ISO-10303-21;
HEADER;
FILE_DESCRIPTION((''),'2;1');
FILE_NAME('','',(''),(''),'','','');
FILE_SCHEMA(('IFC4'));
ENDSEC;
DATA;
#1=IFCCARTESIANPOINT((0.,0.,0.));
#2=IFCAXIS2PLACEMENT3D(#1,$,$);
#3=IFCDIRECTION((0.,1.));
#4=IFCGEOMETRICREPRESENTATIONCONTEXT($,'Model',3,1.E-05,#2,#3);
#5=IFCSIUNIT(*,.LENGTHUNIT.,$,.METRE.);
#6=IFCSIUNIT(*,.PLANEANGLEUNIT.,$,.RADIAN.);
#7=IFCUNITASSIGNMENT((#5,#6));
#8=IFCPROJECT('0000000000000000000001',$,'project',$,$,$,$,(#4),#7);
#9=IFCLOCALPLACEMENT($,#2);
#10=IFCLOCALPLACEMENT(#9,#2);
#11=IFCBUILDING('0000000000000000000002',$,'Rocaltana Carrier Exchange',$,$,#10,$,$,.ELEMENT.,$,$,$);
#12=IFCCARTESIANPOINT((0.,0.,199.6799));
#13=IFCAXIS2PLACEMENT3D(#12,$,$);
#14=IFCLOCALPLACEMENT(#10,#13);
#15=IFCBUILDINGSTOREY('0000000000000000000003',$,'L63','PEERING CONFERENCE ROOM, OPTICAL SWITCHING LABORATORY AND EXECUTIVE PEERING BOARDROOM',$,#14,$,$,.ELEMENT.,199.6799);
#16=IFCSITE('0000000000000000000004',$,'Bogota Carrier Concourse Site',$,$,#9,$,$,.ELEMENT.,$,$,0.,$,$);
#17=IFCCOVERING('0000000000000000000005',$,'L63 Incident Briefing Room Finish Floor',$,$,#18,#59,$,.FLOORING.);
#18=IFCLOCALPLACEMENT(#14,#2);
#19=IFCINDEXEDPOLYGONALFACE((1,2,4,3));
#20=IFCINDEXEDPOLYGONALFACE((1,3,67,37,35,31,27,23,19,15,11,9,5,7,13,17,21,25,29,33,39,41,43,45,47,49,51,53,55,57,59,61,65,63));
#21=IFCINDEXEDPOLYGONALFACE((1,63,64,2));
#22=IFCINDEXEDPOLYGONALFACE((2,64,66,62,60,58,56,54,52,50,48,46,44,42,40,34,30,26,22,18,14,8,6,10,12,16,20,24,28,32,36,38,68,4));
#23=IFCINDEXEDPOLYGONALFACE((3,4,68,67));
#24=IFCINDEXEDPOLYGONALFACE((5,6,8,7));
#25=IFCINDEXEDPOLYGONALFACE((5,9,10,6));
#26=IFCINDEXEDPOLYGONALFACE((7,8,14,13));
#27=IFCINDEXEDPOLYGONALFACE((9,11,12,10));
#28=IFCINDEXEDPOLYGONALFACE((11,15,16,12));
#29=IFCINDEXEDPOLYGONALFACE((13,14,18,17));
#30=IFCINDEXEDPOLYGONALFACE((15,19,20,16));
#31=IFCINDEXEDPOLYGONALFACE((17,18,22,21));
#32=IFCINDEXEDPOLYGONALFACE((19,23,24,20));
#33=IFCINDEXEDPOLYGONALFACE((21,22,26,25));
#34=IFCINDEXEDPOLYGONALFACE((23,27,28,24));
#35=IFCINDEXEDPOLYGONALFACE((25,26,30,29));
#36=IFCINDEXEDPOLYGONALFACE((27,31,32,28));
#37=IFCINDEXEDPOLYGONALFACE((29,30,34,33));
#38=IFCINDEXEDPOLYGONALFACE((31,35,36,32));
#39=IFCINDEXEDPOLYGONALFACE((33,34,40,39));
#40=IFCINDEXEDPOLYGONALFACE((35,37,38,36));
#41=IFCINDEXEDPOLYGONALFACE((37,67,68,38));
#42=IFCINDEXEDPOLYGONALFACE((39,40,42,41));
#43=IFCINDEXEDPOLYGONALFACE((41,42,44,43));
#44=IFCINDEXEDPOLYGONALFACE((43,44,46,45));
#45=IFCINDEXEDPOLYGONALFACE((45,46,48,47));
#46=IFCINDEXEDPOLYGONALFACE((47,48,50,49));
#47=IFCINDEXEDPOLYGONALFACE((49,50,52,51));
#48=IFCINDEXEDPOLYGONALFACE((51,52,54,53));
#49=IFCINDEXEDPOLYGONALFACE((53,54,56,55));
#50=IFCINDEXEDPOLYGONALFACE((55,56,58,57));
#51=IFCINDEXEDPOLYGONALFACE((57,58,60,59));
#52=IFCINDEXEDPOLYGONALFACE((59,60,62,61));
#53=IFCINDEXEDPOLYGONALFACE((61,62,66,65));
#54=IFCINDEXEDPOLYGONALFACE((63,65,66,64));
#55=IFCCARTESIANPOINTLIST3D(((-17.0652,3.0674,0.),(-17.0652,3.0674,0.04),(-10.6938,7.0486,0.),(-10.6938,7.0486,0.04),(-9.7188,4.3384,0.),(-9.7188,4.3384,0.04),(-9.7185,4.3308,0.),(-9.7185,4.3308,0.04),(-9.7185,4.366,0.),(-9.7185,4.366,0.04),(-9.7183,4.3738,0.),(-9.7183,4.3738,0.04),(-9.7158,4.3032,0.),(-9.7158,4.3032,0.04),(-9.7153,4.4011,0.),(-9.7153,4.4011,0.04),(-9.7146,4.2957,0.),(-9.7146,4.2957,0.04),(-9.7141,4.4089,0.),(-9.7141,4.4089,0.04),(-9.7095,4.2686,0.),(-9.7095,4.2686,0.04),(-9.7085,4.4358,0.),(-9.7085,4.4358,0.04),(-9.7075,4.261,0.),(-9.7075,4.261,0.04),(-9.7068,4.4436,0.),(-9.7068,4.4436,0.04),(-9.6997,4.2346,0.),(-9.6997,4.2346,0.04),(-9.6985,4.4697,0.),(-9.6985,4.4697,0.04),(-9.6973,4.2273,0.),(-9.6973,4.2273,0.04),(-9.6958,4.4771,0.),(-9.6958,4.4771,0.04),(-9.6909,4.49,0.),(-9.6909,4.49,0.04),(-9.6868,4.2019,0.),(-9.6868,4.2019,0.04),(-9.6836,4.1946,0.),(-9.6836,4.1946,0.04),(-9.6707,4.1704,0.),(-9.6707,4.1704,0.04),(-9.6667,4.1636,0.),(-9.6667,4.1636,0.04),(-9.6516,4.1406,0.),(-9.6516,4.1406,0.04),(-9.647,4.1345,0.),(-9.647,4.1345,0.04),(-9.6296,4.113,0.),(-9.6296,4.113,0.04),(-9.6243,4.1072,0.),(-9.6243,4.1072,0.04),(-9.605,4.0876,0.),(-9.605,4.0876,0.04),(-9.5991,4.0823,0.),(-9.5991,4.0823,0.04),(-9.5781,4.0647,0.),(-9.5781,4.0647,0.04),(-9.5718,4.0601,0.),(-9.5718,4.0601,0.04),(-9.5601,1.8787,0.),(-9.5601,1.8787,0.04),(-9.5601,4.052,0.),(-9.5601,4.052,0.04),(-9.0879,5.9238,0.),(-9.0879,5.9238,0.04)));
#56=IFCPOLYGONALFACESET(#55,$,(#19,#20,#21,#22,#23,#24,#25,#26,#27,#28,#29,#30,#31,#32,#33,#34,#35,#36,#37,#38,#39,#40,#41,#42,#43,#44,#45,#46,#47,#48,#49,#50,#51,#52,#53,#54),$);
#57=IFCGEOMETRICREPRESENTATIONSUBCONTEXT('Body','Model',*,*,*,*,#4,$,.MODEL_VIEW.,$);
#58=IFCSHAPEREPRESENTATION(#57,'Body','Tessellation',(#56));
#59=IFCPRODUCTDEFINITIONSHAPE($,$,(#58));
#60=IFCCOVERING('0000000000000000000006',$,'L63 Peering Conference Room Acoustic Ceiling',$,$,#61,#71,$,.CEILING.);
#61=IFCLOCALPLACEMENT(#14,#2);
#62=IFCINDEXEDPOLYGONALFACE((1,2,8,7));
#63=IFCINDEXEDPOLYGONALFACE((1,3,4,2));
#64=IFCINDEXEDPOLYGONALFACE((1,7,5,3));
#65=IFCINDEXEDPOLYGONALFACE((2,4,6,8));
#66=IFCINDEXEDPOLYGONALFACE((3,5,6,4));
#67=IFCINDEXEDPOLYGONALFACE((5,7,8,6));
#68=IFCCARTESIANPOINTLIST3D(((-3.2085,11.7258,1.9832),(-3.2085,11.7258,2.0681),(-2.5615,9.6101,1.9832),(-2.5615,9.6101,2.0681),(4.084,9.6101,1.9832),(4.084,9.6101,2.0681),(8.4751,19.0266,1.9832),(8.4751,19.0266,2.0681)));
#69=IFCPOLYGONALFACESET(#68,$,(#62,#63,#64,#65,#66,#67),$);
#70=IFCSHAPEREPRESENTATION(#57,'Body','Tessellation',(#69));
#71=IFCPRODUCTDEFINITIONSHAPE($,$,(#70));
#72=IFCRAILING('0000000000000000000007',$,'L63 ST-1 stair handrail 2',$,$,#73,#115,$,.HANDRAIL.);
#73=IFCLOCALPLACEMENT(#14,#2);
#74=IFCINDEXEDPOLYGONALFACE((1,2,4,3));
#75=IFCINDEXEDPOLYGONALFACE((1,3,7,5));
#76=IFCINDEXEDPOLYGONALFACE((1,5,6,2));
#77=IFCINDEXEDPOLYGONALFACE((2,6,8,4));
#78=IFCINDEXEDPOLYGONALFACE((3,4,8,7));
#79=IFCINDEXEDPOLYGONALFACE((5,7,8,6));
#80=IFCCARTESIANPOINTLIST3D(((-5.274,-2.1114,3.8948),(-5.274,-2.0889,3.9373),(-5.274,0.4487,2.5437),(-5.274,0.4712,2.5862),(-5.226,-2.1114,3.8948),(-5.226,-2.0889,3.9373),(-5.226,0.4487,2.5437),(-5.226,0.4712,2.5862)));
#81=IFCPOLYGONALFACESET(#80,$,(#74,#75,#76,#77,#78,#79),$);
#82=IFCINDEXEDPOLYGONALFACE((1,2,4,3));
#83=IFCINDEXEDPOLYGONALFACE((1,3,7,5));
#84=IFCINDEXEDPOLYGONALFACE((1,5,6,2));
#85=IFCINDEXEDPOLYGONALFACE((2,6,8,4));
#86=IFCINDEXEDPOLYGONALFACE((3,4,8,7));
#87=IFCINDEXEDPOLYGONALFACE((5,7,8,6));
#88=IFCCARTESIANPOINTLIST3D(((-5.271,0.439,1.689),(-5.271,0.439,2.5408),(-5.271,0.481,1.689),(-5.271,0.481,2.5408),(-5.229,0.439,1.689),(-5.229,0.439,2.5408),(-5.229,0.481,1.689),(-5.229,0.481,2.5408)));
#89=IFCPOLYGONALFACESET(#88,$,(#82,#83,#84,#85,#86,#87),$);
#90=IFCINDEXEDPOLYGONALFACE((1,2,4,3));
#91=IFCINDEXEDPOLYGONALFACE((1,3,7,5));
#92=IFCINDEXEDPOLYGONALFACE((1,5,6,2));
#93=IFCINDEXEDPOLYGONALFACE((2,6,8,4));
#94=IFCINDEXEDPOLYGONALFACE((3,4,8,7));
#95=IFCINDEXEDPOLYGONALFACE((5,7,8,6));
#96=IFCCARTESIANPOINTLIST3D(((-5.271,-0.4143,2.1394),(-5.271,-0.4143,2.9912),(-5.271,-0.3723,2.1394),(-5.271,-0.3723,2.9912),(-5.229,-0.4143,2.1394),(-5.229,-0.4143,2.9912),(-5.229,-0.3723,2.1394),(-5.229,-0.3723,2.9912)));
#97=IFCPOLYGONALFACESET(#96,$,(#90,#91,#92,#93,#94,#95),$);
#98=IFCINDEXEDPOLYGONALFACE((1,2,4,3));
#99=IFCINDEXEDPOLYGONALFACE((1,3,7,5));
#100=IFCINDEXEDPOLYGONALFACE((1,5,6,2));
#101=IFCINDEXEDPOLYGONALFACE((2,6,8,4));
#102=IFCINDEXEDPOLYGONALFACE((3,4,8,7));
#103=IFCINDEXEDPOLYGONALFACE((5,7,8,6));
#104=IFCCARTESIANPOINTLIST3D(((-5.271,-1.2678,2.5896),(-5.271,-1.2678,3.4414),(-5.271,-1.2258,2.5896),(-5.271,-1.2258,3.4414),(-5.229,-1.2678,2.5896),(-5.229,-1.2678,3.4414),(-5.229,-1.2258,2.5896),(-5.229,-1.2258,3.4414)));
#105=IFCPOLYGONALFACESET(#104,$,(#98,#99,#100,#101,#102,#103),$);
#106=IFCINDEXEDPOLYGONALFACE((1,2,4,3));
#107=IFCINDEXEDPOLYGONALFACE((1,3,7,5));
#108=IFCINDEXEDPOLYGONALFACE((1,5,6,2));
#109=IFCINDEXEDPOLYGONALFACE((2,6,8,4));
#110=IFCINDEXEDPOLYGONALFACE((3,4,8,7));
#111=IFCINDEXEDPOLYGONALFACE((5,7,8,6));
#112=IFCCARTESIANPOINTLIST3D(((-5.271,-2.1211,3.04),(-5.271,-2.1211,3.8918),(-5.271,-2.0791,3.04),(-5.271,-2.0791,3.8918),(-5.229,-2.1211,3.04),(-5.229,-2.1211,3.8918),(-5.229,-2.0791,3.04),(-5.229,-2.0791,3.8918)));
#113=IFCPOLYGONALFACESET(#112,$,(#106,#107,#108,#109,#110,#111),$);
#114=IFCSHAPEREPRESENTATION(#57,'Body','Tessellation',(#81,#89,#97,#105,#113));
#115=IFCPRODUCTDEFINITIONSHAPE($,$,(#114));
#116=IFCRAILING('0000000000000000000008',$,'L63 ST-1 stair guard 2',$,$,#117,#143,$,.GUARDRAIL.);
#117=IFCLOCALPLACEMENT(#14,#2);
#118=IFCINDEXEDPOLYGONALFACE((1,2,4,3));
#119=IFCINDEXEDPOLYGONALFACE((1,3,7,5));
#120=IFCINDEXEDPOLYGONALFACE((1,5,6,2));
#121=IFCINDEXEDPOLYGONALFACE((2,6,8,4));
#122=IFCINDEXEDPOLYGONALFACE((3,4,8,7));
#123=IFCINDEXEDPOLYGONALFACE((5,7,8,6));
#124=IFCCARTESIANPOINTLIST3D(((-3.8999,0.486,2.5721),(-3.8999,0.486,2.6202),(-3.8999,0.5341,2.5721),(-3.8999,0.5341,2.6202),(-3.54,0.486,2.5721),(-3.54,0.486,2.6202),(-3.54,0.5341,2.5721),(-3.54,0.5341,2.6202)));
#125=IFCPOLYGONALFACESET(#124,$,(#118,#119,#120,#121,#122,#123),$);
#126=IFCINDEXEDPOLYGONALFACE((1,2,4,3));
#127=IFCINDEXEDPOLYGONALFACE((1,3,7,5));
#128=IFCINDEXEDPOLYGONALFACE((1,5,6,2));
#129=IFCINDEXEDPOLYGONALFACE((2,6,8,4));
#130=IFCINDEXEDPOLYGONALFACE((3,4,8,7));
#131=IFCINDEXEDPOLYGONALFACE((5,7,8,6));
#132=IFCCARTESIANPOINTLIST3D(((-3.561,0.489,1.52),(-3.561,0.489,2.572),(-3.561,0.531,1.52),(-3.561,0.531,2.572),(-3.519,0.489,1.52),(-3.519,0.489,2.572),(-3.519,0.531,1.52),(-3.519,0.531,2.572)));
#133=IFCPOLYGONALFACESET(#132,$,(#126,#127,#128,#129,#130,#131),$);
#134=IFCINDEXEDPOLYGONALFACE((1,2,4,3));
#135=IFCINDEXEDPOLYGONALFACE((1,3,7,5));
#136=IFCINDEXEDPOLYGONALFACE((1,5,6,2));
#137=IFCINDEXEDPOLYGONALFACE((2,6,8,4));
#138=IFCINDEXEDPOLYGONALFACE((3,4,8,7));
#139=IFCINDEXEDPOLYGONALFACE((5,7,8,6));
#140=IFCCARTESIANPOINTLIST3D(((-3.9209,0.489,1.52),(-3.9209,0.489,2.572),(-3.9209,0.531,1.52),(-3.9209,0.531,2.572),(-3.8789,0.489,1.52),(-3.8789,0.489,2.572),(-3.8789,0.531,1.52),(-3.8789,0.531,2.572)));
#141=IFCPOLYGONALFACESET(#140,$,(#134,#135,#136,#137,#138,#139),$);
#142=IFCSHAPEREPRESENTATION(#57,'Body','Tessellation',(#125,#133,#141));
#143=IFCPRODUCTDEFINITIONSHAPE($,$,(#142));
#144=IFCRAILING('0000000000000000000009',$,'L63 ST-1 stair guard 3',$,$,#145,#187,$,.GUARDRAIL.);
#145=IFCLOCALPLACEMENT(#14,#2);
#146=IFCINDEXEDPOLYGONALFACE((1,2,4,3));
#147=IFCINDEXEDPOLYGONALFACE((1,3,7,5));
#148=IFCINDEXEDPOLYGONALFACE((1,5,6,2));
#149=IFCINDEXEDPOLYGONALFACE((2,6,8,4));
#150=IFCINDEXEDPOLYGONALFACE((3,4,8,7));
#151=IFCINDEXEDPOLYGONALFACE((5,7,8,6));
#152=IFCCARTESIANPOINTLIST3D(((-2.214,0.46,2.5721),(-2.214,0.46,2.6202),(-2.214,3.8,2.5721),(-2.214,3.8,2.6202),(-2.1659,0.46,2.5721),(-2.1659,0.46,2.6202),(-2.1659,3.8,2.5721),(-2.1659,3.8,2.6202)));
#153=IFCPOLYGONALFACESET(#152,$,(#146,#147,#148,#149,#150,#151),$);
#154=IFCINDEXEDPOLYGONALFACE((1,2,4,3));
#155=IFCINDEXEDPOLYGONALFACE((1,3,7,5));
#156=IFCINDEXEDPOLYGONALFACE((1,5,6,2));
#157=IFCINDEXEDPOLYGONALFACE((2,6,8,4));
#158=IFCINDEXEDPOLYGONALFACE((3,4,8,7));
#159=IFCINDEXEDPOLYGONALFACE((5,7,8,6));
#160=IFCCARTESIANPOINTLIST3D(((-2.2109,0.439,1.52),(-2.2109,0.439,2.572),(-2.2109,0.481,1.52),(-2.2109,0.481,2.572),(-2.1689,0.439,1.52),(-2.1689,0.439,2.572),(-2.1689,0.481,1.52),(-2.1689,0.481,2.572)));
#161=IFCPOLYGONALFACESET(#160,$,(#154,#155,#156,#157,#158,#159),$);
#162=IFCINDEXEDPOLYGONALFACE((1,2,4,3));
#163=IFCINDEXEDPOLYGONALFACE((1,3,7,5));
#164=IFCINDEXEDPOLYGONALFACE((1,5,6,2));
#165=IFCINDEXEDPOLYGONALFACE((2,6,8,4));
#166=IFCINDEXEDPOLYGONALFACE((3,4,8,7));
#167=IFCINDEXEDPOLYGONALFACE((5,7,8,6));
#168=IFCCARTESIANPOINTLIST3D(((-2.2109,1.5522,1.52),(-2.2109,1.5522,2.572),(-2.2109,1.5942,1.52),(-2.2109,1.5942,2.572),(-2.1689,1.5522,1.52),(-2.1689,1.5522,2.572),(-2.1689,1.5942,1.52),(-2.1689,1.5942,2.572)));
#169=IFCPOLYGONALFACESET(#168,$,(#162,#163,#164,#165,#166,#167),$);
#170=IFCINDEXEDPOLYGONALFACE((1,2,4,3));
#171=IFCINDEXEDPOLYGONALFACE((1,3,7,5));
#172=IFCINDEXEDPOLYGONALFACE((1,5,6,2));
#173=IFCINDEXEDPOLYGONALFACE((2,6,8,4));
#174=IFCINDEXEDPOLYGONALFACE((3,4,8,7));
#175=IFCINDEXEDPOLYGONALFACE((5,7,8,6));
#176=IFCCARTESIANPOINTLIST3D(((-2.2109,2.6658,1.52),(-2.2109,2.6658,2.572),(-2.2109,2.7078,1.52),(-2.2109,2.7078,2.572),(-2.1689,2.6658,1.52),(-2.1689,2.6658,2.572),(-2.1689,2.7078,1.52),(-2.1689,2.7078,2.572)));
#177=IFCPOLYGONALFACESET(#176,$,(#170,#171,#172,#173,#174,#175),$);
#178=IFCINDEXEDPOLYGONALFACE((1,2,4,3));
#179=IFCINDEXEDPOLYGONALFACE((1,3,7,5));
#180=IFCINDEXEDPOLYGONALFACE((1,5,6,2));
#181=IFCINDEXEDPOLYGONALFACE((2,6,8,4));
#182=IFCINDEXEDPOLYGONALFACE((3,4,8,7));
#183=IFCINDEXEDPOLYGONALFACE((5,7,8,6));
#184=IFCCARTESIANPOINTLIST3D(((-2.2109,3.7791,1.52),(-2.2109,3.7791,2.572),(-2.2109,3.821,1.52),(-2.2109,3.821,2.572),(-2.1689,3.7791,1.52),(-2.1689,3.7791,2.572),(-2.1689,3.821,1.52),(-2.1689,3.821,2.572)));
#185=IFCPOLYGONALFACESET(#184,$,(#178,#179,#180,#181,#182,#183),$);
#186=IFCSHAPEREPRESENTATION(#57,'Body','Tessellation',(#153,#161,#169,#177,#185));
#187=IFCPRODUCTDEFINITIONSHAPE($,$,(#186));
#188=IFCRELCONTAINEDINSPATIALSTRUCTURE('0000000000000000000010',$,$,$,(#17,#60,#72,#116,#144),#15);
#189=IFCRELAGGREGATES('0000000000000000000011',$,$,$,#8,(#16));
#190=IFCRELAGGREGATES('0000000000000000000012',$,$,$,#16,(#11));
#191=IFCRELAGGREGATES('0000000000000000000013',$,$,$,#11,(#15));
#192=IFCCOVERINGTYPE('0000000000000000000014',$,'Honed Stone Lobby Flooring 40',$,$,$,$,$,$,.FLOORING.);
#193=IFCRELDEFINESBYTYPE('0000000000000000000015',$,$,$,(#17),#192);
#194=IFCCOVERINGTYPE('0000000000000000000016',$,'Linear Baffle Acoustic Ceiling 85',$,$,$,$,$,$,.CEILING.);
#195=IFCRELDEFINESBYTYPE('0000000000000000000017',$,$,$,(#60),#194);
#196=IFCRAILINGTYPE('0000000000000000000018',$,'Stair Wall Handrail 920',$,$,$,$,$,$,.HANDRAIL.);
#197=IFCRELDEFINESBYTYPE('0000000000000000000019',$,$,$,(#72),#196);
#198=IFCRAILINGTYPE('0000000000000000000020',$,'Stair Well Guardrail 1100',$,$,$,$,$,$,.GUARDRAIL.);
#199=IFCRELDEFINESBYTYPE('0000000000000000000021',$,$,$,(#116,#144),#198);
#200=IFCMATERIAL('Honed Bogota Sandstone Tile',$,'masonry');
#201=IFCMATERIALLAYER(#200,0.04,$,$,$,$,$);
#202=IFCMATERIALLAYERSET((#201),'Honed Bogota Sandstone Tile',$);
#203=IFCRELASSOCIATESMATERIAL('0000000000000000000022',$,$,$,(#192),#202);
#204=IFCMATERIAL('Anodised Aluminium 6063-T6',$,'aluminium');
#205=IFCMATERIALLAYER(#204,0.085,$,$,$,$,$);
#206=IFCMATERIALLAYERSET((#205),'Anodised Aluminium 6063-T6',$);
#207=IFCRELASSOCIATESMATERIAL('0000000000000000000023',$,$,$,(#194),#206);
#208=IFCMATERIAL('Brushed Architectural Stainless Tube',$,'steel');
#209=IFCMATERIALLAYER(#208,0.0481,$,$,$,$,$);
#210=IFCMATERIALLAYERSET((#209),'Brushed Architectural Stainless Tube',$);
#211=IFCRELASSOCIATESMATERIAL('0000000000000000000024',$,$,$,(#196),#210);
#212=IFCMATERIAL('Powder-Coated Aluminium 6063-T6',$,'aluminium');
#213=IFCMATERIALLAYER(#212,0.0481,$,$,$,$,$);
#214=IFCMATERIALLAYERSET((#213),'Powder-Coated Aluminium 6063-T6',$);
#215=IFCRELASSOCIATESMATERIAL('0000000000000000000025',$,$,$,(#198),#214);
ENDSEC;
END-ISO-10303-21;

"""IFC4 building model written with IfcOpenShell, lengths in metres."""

from ifc_helpers import new_model, si_unit, direction, frame, origin, origin_2d, place, context, subcontext, project, spatial, polyline, rectangle, outline, extrude, material, layer, layer_set, type_object, element, save


model = new_model("IFC4")

# Units and contexts
model_context = context("Model", 3, precision=1e-05, world=origin(), true_north=direction((0.0, 1.0)))
body_context = subcontext(model_context, "Body", "Model", "MODEL_VIEW")
ifc_project = project(units=[si_unit("LENGTHUNIT", "METRE"), si_unit("PLANEANGLEUNIT", "RADIAN")], contexts=[model_context])

# Site, building, storey
site_placement = place(None, origin())
site = spatial("IfcSite", under=ifc_project, at=site_placement, Name="Bogota Carrier Concourse Site", CompositionType="ELEMENT", RefElevation=0.0)
building_placement = place(site_placement, origin())
building = spatial("IfcBuilding", under=site, at=building_placement, Name="Rocaltana Carrier Exchange", CompositionType="ELEMENT")
storey_placement = place(building_placement, frame((0.0, 0.0, 199.6799)))
storey = spatial("IfcBuildingStorey", under=building, at=storey_placement, Name="L63", Description="PEERING CONFERENCE ROOM, OPTICAL SWITCHING LABORATORY AND EXECUTIVE PEERING BOARDROOM", CompositionType="ELEMENT", Elevation=199.6799)

# Coverings
ifc_material_1 = material(Name="Honed Bogota Sandstone Tile", Category="masonry")
ifc_layer_1 = layer(ifc_material_1, 0.04)
ifc_layer_set_1 = layer_set([ifc_layer_1], Name="Honed Bogota Sandstone Tile")
covering_type_1 = type_object("IfcCoveringType", Name="Honed Stone Lobby Flooring 40", PredefinedType="FLOORING", material=ifc_layer_set_1)
covering_1_placement = place(storey_placement, origin())
element("IfcCovering", 1, at=covering_1_placement, inside=storey, type_object=covering_type_1, Name="L63 Incident Briefing Room Finish Floor", PredefinedType="FLOORING", context=body_context, shape_type="SweptSolid", body=[
    extrude(outline(polyline([(-10.6938, 7.0486), (-9.0879, 5.9238), (-9.6909, 4.49), (-9.6958, 4.4771), (-9.6985, 4.4697), (-9.7068, 4.4436), (-9.7085, 4.4358), (-9.7141, 4.4089), (-9.7153, 4.4011), (-9.7183, 4.3738), (-9.7185, 4.366), (-9.7188, 4.3384), (-9.7185, 4.3308), (-9.7158, 4.3032), (-9.7146, 4.2957), (-9.7095, 4.2686), (-9.7075, 4.261), (-9.6997, 4.2346), (-9.6973, 4.2273), (-9.6868, 4.2019), (-9.6836, 4.1946), (-9.6707, 4.1704), (-9.6667, 4.1636), (-9.6516, 4.1406), (-9.647, 4.1345), (-9.6296, 4.113), (-9.6243, 4.1072), (-9.605, 4.0876), (-9.5991, 4.0823), (-9.5781, 4.0647), (-9.5718, 4.0601), (-9.5601, 4.052), (-9.5601, 1.8787), (-17.0652, 3.0674), (-10.6938, 7.0486)])), origin(), (0.0, 0.0, 1.0), 0.04),
])
ifc_material_2 = material(Name="Anodised Aluminium 6063-T6", Category="aluminium")
ifc_layer_2 = layer(ifc_material_2, 0.085)
ifc_layer_set_2 = layer_set([ifc_layer_2], Name="Anodised Aluminium 6063-T6")
covering_type_2 = type_object("IfcCoveringType", Name="Linear Baffle Acoustic Ceiling 85", PredefinedType="CEILING", material=ifc_layer_set_2)
covering_2_placement = place(storey_placement, frame((0.0, 0.0, 1.9832)))
element("IfcCovering", 2, at=covering_2_placement, inside=storey, type_object=covering_type_2, Name="L63 Peering Conference Room Acoustic Ceiling", PredefinedType="CEILING", context=body_context, shape_type="SweptSolid", body=[
    extrude(outline(polyline([(8.4751, 19.0266), (4.084, 9.6101), (-2.5615, 9.6101), (-3.2085, 11.7258), (8.4751, 19.0266)])), origin(), (0.0, 0.0, 1.0), 0.085),
])

# Railings
ifc_material_3 = material(Name="Brushed Architectural Stainless Tube", Category="steel")
ifc_layer_3 = layer(ifc_material_3, 0.0481)
ifc_layer_set_3 = layer_set([ifc_layer_3], Name="Brushed Architectural Stainless Tube")
railing_type_1 = type_object("IfcRailingType", Name="Stair Wall Handrail 920", PredefinedType="HANDRAIL", material=ifc_layer_set_3)
railing_1_placement = place(storey_placement, frame((-5.25, 0.46, 1.689)))
element("IfcRailing", 3, at=railing_1_placement, inside=storey, type_object=railing_type_1, Name="L63 ST-1 stair handrail 2", PredefinedType="HANDRAIL", context=body_context, shape_type="SweptSolid", body=[
    extrude(rectangle(XDim=0.0481, YDim=0.0481, at=origin_2d()), frame((0.0, 0.0, 0.876), z_axis=(0.0, -0.884394, 0.46674), x_axis=(1.0, 0.0, 0.0)), (0.0, 0.0, 1.0), 2.8948),
    extrude(rectangle(XDim=0.042, YDim=0.042, at=origin_2d()), origin(), (0.0, 0.0, 1.0), 0.8518),
    extrude(rectangle(XDim=0.042, YDim=0.042, at=origin_2d()), frame((0.0, -0.8533, 0.4504)), (0.0, 0.0, 1.0), 0.8518),
    extrude(rectangle(XDim=0.042, YDim=0.042, at=origin_2d()), frame((0.0, -1.7068, 0.9006)), (0.0, 0.0, 1.0), 0.8518),
    extrude(rectangle(XDim=0.042, YDim=0.042, at=origin_2d()), frame((0.0, -2.5601, 1.3511)), (0.0, 0.0, 1.0), 0.8518),
])
ifc_material_4 = material(Name="Powder-Coated Aluminium 6063-T6", Category="aluminium")
ifc_layer_4 = layer(ifc_material_4, 0.0481)
ifc_layer_set_4 = layer_set([ifc_layer_4], Name="Powder-Coated Aluminium 6063-T6")
railing_type_2 = type_object("IfcRailingType", Name="Stair Well Guardrail 1100", PredefinedType="GUARDRAIL", material=ifc_layer_set_4)
railing_2_placement = place(storey_placement, frame((-3.54, 0.51, 1.52)))
element("IfcRailing", 4, at=railing_2_placement, inside=storey, type_object=railing_type_2, Name="L63 ST-1 stair guard 2", PredefinedType="GUARDRAIL", context=body_context, shape_type="SweptSolid", body=[
    extrude(rectangle(XDim=0.0481, YDim=0.0481, at=origin_2d()), frame((0.0, 0.0, 1.0762), z_axis=(-1.0, 0.0, 0.0), x_axis=(0.0, -1.0, 0.0)), (0.0, 0.0, 1.0), 0.3599),
    extrude(rectangle(XDim=0.042, YDim=0.042, at=origin_2d()), origin(), (0.0, 0.0, 1.0), 1.052),
    extrude(rectangle(XDim=0.042, YDim=0.042, at=origin_2d()), frame((-0.3599, 0.0, 0.0)), (0.0, 0.0, 1.0), 1.052),
])
for number, where, name in (
    (5, (-2.1899, 0.46, 1.52), "L63 ST-1 stair guard 3"),
):
    element("IfcRailing", number, at=place(storey_placement, frame(where)), inside=storey, type_object=railing_type_2, Name=name, PredefinedType="GUARDRAIL", context=body_context, shape_type="SweptSolid", body=[
        extrude(rectangle(XDim=0.0481, YDim=0.0481, at=origin_2d()), frame((0.0, 0.0, 1.0762), z_axis=(0.0, 1.0, 0.0), x_axis=(-1.0, 0.0, 0.0)), (0.0, 0.0, 1.0), 3.3401),
        extrude(rectangle(XDim=0.042, YDim=0.042, at=origin_2d()), origin(), (0.0, 0.0, 1.0), 1.052),
        extrude(rectangle(XDim=0.042, YDim=0.042, at=origin_2d()), frame((0.0, 1.1133, 0.0)), (0.0, 0.0, 1.0), 1.052),
        extrude(rectangle(XDim=0.042, YDim=0.042, at=origin_2d()), frame((0.0, 2.2268, 0.0)), (0.0, 0.0, 1.0), 1.052),
        extrude(rectangle(XDim=0.042, YDim=0.042, at=origin_2d()), frame((0.0, 3.3401, 0.0)), (0.0, 0.0, 1.0), 1.052),
    ])

save(model, "model.ifc")
